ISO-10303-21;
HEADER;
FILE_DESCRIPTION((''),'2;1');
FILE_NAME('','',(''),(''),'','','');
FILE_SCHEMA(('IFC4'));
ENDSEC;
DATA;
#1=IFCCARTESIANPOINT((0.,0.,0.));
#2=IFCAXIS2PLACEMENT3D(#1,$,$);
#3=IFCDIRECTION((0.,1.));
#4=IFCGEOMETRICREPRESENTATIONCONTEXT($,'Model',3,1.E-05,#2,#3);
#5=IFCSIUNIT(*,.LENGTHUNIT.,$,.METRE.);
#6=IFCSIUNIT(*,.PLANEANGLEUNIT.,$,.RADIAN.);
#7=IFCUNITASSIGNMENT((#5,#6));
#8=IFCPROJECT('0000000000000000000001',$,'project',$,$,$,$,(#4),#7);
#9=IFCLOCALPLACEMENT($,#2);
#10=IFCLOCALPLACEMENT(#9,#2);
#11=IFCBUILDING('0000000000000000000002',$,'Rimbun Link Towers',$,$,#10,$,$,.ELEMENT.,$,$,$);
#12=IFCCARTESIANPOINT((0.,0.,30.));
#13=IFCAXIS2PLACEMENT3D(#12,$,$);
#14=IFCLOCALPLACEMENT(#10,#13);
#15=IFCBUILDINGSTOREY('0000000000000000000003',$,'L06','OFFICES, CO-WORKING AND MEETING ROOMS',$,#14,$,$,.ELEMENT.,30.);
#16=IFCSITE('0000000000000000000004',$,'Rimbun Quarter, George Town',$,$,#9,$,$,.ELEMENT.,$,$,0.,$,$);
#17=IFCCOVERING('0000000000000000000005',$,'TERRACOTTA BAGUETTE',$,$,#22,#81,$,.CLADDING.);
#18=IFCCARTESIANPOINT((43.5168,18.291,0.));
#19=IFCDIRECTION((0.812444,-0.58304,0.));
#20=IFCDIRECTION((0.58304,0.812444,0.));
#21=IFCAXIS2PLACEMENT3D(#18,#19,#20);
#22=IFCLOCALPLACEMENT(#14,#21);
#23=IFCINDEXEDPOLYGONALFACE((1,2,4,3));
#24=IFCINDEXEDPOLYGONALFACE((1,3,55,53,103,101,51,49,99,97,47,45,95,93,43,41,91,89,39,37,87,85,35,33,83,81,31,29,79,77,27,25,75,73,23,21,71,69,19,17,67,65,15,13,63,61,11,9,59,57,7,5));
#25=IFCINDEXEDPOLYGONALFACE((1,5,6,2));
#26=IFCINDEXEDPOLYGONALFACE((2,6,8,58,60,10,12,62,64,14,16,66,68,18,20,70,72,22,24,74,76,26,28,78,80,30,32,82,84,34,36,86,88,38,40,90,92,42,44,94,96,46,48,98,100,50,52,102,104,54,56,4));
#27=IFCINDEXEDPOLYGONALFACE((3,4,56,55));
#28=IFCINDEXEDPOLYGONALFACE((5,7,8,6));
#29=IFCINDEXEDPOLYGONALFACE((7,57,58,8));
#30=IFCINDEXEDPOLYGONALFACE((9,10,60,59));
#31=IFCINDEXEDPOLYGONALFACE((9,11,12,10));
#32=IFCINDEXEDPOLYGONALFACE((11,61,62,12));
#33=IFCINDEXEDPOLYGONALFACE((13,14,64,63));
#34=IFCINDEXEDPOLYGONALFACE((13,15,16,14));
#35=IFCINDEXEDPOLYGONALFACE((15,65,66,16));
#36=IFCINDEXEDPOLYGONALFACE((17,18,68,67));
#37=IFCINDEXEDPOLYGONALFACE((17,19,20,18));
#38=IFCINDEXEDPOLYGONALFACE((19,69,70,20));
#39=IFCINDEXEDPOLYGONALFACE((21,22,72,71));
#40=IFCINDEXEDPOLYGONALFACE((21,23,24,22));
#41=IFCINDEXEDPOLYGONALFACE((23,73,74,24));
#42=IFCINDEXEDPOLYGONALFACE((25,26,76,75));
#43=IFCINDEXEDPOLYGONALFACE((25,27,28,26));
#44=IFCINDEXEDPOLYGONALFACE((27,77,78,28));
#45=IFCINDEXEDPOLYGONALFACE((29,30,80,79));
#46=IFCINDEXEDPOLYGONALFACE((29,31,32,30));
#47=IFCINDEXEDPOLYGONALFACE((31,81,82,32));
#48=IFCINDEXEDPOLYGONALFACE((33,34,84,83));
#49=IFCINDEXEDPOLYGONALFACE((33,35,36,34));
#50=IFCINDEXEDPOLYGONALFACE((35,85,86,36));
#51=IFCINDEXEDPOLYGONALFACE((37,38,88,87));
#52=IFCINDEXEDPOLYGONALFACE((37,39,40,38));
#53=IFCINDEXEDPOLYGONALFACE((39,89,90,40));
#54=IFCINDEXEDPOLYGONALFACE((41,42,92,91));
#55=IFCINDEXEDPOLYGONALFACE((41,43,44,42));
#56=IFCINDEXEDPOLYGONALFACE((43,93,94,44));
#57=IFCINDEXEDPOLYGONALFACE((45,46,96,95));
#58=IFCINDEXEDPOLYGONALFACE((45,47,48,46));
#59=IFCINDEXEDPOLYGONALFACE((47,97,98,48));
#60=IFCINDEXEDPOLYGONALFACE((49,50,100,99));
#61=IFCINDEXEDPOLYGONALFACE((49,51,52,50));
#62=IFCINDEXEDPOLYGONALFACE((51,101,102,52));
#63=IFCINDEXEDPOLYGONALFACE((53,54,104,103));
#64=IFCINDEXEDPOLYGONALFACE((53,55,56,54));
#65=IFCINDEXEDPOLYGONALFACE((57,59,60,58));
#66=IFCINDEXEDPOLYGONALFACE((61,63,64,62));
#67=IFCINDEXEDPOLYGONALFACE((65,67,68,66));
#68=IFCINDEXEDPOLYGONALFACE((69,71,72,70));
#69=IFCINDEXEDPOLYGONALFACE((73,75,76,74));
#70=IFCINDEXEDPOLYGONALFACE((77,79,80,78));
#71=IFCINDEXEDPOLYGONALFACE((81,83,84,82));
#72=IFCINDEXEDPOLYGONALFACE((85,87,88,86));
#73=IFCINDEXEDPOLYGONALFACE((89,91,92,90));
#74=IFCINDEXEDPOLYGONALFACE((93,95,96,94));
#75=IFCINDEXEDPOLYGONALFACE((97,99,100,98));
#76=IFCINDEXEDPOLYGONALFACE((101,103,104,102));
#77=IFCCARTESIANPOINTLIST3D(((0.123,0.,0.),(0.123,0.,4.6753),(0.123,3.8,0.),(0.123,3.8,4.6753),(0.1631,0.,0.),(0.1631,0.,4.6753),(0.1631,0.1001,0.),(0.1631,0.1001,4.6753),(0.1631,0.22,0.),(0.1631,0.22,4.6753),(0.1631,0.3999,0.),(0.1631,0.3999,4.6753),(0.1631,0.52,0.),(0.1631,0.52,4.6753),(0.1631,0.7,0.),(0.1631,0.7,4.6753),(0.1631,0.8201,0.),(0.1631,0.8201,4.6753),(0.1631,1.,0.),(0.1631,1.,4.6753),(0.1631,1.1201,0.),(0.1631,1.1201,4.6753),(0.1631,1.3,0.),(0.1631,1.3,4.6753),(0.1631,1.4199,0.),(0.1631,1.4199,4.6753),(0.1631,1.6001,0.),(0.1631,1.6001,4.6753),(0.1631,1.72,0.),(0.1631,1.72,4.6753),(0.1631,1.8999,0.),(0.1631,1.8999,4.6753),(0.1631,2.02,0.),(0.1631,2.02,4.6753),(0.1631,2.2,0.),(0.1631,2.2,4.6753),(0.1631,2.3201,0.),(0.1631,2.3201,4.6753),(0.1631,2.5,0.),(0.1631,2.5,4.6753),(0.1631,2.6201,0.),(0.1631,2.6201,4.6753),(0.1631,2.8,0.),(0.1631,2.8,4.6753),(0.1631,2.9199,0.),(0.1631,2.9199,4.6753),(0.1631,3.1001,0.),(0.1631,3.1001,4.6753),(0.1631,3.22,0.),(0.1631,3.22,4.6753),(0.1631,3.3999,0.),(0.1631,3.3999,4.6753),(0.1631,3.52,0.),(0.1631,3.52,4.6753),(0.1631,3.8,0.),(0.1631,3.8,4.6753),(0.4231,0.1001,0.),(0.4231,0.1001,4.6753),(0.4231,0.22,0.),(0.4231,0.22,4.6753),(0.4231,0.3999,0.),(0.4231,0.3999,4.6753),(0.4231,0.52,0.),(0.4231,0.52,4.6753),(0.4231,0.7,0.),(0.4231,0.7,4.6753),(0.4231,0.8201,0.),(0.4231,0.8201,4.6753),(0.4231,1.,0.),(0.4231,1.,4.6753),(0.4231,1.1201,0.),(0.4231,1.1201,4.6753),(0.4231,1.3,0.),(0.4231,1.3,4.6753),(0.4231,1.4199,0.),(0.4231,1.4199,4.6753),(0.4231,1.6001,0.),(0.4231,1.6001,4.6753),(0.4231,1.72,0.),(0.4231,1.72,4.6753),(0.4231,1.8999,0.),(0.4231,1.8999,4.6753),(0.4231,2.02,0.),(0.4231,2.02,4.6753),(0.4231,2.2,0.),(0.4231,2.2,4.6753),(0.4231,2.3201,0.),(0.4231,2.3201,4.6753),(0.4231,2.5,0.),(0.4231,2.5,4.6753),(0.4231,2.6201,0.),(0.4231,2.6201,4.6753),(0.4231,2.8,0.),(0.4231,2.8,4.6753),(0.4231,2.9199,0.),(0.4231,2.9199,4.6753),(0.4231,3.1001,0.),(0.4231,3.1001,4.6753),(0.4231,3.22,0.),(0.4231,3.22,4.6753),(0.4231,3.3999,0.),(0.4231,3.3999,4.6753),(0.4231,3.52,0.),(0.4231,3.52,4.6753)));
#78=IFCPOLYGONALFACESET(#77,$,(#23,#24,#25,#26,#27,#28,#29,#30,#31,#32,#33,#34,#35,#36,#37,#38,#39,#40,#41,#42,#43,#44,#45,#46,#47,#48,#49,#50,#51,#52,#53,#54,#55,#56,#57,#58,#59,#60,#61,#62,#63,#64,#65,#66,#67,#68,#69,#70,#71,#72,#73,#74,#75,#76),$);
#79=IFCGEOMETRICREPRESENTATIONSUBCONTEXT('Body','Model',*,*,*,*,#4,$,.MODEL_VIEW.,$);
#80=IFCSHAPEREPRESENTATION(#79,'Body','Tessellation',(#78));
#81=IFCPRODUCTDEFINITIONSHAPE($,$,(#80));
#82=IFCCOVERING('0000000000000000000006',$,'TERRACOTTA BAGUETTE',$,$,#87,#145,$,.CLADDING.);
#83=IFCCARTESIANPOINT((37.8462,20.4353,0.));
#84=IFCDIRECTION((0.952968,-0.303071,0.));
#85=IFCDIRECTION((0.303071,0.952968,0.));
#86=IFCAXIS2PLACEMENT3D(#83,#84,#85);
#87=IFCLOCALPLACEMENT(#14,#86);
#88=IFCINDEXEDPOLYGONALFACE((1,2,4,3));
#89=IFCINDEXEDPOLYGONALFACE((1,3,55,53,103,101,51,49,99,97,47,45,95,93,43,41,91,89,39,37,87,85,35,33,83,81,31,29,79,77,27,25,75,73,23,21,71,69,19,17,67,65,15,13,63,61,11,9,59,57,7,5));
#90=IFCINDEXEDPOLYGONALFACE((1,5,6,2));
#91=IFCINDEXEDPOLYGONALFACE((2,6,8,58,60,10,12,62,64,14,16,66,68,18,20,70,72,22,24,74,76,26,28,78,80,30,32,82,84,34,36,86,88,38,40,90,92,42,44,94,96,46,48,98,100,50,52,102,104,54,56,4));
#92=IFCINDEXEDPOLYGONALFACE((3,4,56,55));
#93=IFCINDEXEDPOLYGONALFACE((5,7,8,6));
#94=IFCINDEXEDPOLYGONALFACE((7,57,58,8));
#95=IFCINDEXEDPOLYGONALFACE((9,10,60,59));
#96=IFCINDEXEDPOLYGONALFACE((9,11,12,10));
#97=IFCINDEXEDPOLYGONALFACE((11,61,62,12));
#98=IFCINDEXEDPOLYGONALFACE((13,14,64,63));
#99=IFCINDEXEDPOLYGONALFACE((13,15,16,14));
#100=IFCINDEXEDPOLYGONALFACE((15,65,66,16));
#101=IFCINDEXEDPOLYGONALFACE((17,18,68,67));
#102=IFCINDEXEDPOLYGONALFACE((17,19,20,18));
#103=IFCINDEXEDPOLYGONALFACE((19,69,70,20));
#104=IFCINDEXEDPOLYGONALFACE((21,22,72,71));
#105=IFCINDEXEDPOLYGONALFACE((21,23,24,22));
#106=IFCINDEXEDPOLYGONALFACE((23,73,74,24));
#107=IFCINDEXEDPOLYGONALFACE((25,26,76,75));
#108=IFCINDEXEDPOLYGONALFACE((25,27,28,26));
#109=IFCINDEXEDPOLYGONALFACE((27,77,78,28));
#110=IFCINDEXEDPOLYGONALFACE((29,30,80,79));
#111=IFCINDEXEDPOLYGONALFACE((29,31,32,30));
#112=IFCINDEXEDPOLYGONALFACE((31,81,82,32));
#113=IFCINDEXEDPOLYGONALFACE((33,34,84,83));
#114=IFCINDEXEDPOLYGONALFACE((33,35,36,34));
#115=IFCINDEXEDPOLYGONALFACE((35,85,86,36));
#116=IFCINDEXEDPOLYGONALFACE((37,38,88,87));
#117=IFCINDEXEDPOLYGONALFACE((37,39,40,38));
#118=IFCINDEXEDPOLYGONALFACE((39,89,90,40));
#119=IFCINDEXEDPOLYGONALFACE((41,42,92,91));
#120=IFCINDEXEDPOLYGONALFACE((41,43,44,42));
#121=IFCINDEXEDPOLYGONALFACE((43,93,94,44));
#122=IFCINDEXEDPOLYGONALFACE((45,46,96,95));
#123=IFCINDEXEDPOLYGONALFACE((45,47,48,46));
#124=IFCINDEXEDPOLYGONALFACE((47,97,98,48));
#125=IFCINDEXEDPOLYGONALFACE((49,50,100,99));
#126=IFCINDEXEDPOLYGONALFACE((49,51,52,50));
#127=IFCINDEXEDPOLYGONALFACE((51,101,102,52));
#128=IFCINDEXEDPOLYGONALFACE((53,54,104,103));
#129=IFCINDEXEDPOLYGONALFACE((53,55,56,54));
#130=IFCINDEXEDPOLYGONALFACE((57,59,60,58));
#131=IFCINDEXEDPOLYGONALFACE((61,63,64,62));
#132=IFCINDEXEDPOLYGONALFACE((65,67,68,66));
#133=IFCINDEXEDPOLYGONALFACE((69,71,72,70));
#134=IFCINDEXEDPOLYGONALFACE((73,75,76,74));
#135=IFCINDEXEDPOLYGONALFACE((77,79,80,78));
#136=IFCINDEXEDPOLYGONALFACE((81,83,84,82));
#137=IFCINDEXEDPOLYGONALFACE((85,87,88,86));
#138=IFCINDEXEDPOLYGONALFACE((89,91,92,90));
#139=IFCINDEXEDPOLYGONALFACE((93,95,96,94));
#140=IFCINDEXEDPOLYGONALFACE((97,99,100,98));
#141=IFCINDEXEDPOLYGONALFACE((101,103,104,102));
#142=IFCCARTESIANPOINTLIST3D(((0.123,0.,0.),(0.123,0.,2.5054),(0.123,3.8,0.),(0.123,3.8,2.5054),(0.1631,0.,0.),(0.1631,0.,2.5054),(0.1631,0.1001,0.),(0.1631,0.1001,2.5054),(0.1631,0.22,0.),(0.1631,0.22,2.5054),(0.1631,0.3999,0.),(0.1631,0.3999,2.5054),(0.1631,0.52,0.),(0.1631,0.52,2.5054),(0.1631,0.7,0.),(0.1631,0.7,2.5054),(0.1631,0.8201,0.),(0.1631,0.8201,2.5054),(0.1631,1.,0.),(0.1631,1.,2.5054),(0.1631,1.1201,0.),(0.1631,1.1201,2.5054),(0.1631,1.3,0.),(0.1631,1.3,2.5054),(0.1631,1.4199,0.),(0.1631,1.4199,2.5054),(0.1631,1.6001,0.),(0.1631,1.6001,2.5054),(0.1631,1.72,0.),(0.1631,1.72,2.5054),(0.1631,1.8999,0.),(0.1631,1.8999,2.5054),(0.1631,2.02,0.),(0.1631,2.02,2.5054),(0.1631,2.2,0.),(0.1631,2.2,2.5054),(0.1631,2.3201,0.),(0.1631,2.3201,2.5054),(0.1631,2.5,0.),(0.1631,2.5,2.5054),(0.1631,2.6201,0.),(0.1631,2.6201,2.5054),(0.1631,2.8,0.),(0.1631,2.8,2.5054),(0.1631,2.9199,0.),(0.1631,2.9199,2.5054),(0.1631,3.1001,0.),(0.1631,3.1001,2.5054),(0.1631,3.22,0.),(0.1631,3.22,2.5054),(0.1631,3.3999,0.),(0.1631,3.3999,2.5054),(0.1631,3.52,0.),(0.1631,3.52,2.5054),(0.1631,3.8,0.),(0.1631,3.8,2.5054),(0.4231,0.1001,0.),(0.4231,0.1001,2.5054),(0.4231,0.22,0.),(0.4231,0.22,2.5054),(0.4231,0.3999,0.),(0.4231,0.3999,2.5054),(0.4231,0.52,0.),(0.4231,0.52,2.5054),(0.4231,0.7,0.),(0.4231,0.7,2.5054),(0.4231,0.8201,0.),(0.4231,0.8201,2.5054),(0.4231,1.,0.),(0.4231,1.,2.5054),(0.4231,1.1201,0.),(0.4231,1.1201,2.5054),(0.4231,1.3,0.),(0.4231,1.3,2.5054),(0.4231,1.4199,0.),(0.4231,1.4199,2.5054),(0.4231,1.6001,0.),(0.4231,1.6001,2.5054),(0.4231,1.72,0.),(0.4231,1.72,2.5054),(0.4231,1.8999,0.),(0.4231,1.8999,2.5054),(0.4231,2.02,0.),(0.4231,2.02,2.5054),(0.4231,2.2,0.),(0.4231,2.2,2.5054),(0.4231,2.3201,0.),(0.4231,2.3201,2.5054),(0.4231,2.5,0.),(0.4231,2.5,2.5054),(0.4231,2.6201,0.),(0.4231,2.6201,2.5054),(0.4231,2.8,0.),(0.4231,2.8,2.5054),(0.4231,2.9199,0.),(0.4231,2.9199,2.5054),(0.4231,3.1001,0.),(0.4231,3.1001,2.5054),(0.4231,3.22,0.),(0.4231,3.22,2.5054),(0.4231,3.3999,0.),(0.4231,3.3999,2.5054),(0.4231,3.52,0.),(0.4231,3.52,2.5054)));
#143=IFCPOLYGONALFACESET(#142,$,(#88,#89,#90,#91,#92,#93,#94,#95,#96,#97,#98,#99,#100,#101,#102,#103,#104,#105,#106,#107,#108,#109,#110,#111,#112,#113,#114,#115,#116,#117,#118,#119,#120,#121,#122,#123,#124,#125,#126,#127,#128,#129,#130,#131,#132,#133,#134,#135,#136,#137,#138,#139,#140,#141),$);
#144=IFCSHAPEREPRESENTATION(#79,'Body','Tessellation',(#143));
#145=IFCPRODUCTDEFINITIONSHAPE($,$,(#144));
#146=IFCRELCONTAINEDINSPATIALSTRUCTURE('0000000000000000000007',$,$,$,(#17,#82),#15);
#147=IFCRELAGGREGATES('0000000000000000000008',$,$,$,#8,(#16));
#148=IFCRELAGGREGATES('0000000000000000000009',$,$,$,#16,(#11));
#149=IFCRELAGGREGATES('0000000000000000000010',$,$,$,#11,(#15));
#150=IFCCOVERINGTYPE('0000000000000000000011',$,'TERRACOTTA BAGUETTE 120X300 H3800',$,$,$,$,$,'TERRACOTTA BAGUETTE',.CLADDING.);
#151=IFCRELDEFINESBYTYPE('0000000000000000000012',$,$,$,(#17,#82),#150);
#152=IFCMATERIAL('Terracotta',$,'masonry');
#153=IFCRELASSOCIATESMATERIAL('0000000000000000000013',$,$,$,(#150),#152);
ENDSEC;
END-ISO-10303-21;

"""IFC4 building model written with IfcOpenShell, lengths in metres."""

from ifc_helpers import new_model, si_unit, direction, frame, origin, place, context, subcontext, project, spatial, polyline, outline, extrude, material, material_profile, profile_set, type_object, element, save


model = new_model("IFC4")

# Units and contexts
model_context = context("Model", 3, precision=1e-05, world=origin(), true_north=direction((0.0, 1.0)))
body_context = subcontext(model_context, "Body", "Model", "MODEL_VIEW")
ifc_project = project(units=[si_unit("LENGTHUNIT", "METRE"), si_unit("PLANEANGLEUNIT", "RADIAN")], contexts=[model_context])

# Site, building, storey
site_placement = place(None, origin())
site = spatial("IfcSite", under=ifc_project, at=site_placement, Name="Rimbun Quarter, George Town", CompositionType="ELEMENT", RefElevation=0.0)
building_placement = place(site_placement, origin())
building = spatial("IfcBuilding", under=site, at=building_placement, Name="Rimbun Link Towers", CompositionType="ELEMENT")
storey_placement = place(building_placement, frame((0.0, 0.0, 30.0)))
storey = spatial("IfcBuildingStorey", under=building, at=storey_placement, Name="L06", Description="OFFICES, CO-WORKING AND MEETING ROOMS", CompositionType="ELEMENT", Elevation=30.0)

# Coverings
ifc_material_1 = material(Name="Terracotta", Category="masonry")
ifc_material_profile_1 = material_profile(ifc_material_1, outline(polyline([(0.123, 0.0), (0.1631, 0.0), (0.1631, 0.1001), (0.4231, 0.1001), (0.4231, 0.22), (0.1631, 0.22), (0.1631, 0.3999), (0.4231, 0.3999), (0.4231, 0.52), (0.1631, 0.52), (0.1631, 0.7), (0.4231, 0.7), (0.4231, 0.8201), (0.1631, 0.8201), (0.1631, 1.0), (0.4231, 1.0), (0.4231, 1.1201), (0.1631, 1.1201), (0.1631, 1.3), (0.4231, 1.3), (0.4231, 1.4199), (0.1631, 1.4199), (0.1631, 1.6001), (0.4231, 1.6001), (0.4231, 1.72), (0.1631, 1.72), (0.1631, 1.8999), (0.4231, 1.8999), (0.4231, 2.02), (0.1631, 2.02), (0.1631, 2.2), (0.4231, 2.2), (0.4231, 2.3201), (0.1631, 2.3201), (0.1631, 2.5), (0.4231, 2.5), (0.4231, 2.6201), (0.1631, 2.6201), (0.1631, 2.8), (0.4231, 2.8), (0.4231, 2.9199), (0.1631, 2.9199), (0.1631, 3.1001), (0.4231, 3.1001), (0.4231, 3.22), (0.1631, 3.22), (0.1631, 3.3999), (0.4231, 3.3999), (0.4231, 3.52), (0.1631, 3.52), (0.1631, 3.8), (0.123, 3.8), (0.123, 0.0)])), Name="BAGUETTE 120X300")
ifc_profile_set_1 = profile_set([ifc_material_profile_1], Name="Terracotta")
covering_type = type_object("IfcCoveringType", Name="TERRACOTTA BAGUETTE 120X300 H3800", ElementType="TERRACOTTA BAGUETTE", PredefinedType="CLADDING", material=ifc_profile_set_1)
covering_1_placement = place(storey_placement, frame((43.5168, 18.291, 0.0), z_axis=(0.812444, -0.58304, 0.0), x_axis=(0.58304, 0.812444, 0.0)))
element("IfcCovering", 1, at=covering_1_placement, inside=storey, type_object=covering_type, Name="TERRACOTTA BAGUETTE", PredefinedType="CLADDING", context=body_context, shape_type="SweptSolid", body=[
    extrude(outline(polyline([(0.123, 0.0), (0.1631, 0.0), (0.1631, 0.1001), (0.4231, 0.1001), (0.4231, 0.22), (0.1631, 0.22), (0.1631, 0.3999), (0.4231, 0.3999), (0.4231, 0.52), (0.1631, 0.52), (0.1631, 0.7), (0.4231, 0.7), (0.4231, 0.8201), (0.1631, 0.8201), (0.1631, 1.0), (0.4231, 1.0), (0.4231, 1.1201), (0.1631, 1.1201), (0.1631, 1.3), (0.4231, 1.3), (0.4231, 1.4199), (0.1631, 1.4199), (0.1631, 1.6001), (0.4231, 1.6001), (0.4231, 1.72), (0.1631, 1.72), (0.1631, 1.8999), (0.4231, 1.8999), (0.4231, 2.02), (0.1631, 2.02), (0.1631, 2.2), (0.4231, 2.2), (0.4231, 2.3201), (0.1631, 2.3201), (0.1631, 2.5), (0.4231, 2.5), (0.4231, 2.6201), (0.1631, 2.6201), (0.1631, 2.8), (0.4231, 2.8), (0.4231, 2.9199), (0.1631, 2.9199), (0.1631, 3.1001), (0.4231, 3.1001), (0.4231, 3.22), (0.1631, 3.22), (0.1631, 3.3999), (0.4231, 3.3999), (0.4231, 3.52), (0.1631, 3.52), (0.1631, 3.8), (0.123, 3.8), (0.123, 0.0)])), origin(), (0.0, 0.0, 1.0), 4.6753),
])
covering_2_placement = place(storey_placement, frame((37.8462, 20.4353, 0.0), z_axis=(0.952968, -0.303071, 0.0), x_axis=(0.303071, 0.952968, 0.0)))
element("IfcCovering", 2, at=covering_2_placement, inside=storey, type_object=covering_type, Name="TERRACOTTA BAGUETTE", PredefinedType="CLADDING", context=body_context, shape_type="SweptSolid", body=[
    extrude(outline(polyline([(0.123, 0.0), (0.1631, 0.0), (0.1631, 0.1001), (0.4231, 0.1001), (0.4231, 0.22), (0.1631, 0.22), (0.1631, 0.3999), (0.4231, 0.3999), (0.4231, 0.52), (0.1631, 0.52), (0.1631, 0.7), (0.4231, 0.7), (0.4231, 0.8201), (0.1631, 0.8201), (0.1631, 1.0), (0.4231, 1.0), (0.4231, 1.1201), (0.1631, 1.1201), (0.1631, 1.3), (0.4231, 1.3), (0.4231, 1.4199), (0.1631, 1.4199), (0.1631, 1.6001), (0.4231, 1.6001), (0.4231, 1.72), (0.1631, 1.72), (0.1631, 1.8999), (0.4231, 1.8999), (0.4231, 2.02), (0.1631, 2.02), (0.1631, 2.2), (0.4231, 2.2), (0.4231, 2.3201), (0.1631, 2.3201), (0.1631, 2.5), (0.4231, 2.5), (0.4231, 2.6201), (0.1631, 2.6201), (0.1631, 2.8), (0.4231, 2.8), (0.4231, 2.9199), (0.1631, 2.9199), (0.1631, 3.1001), (0.4231, 3.1001), (0.4231, 3.22), (0.1631, 3.22), (0.1631, 3.3999), (0.4231, 3.3999), (0.4231, 3.52), (0.1631, 3.52), (0.1631, 3.8), (0.123, 3.8), (0.123, 0.0)])), origin(), (0.0, 0.0, 1.0), 2.5054),
])

save(model, "model.ifc")
